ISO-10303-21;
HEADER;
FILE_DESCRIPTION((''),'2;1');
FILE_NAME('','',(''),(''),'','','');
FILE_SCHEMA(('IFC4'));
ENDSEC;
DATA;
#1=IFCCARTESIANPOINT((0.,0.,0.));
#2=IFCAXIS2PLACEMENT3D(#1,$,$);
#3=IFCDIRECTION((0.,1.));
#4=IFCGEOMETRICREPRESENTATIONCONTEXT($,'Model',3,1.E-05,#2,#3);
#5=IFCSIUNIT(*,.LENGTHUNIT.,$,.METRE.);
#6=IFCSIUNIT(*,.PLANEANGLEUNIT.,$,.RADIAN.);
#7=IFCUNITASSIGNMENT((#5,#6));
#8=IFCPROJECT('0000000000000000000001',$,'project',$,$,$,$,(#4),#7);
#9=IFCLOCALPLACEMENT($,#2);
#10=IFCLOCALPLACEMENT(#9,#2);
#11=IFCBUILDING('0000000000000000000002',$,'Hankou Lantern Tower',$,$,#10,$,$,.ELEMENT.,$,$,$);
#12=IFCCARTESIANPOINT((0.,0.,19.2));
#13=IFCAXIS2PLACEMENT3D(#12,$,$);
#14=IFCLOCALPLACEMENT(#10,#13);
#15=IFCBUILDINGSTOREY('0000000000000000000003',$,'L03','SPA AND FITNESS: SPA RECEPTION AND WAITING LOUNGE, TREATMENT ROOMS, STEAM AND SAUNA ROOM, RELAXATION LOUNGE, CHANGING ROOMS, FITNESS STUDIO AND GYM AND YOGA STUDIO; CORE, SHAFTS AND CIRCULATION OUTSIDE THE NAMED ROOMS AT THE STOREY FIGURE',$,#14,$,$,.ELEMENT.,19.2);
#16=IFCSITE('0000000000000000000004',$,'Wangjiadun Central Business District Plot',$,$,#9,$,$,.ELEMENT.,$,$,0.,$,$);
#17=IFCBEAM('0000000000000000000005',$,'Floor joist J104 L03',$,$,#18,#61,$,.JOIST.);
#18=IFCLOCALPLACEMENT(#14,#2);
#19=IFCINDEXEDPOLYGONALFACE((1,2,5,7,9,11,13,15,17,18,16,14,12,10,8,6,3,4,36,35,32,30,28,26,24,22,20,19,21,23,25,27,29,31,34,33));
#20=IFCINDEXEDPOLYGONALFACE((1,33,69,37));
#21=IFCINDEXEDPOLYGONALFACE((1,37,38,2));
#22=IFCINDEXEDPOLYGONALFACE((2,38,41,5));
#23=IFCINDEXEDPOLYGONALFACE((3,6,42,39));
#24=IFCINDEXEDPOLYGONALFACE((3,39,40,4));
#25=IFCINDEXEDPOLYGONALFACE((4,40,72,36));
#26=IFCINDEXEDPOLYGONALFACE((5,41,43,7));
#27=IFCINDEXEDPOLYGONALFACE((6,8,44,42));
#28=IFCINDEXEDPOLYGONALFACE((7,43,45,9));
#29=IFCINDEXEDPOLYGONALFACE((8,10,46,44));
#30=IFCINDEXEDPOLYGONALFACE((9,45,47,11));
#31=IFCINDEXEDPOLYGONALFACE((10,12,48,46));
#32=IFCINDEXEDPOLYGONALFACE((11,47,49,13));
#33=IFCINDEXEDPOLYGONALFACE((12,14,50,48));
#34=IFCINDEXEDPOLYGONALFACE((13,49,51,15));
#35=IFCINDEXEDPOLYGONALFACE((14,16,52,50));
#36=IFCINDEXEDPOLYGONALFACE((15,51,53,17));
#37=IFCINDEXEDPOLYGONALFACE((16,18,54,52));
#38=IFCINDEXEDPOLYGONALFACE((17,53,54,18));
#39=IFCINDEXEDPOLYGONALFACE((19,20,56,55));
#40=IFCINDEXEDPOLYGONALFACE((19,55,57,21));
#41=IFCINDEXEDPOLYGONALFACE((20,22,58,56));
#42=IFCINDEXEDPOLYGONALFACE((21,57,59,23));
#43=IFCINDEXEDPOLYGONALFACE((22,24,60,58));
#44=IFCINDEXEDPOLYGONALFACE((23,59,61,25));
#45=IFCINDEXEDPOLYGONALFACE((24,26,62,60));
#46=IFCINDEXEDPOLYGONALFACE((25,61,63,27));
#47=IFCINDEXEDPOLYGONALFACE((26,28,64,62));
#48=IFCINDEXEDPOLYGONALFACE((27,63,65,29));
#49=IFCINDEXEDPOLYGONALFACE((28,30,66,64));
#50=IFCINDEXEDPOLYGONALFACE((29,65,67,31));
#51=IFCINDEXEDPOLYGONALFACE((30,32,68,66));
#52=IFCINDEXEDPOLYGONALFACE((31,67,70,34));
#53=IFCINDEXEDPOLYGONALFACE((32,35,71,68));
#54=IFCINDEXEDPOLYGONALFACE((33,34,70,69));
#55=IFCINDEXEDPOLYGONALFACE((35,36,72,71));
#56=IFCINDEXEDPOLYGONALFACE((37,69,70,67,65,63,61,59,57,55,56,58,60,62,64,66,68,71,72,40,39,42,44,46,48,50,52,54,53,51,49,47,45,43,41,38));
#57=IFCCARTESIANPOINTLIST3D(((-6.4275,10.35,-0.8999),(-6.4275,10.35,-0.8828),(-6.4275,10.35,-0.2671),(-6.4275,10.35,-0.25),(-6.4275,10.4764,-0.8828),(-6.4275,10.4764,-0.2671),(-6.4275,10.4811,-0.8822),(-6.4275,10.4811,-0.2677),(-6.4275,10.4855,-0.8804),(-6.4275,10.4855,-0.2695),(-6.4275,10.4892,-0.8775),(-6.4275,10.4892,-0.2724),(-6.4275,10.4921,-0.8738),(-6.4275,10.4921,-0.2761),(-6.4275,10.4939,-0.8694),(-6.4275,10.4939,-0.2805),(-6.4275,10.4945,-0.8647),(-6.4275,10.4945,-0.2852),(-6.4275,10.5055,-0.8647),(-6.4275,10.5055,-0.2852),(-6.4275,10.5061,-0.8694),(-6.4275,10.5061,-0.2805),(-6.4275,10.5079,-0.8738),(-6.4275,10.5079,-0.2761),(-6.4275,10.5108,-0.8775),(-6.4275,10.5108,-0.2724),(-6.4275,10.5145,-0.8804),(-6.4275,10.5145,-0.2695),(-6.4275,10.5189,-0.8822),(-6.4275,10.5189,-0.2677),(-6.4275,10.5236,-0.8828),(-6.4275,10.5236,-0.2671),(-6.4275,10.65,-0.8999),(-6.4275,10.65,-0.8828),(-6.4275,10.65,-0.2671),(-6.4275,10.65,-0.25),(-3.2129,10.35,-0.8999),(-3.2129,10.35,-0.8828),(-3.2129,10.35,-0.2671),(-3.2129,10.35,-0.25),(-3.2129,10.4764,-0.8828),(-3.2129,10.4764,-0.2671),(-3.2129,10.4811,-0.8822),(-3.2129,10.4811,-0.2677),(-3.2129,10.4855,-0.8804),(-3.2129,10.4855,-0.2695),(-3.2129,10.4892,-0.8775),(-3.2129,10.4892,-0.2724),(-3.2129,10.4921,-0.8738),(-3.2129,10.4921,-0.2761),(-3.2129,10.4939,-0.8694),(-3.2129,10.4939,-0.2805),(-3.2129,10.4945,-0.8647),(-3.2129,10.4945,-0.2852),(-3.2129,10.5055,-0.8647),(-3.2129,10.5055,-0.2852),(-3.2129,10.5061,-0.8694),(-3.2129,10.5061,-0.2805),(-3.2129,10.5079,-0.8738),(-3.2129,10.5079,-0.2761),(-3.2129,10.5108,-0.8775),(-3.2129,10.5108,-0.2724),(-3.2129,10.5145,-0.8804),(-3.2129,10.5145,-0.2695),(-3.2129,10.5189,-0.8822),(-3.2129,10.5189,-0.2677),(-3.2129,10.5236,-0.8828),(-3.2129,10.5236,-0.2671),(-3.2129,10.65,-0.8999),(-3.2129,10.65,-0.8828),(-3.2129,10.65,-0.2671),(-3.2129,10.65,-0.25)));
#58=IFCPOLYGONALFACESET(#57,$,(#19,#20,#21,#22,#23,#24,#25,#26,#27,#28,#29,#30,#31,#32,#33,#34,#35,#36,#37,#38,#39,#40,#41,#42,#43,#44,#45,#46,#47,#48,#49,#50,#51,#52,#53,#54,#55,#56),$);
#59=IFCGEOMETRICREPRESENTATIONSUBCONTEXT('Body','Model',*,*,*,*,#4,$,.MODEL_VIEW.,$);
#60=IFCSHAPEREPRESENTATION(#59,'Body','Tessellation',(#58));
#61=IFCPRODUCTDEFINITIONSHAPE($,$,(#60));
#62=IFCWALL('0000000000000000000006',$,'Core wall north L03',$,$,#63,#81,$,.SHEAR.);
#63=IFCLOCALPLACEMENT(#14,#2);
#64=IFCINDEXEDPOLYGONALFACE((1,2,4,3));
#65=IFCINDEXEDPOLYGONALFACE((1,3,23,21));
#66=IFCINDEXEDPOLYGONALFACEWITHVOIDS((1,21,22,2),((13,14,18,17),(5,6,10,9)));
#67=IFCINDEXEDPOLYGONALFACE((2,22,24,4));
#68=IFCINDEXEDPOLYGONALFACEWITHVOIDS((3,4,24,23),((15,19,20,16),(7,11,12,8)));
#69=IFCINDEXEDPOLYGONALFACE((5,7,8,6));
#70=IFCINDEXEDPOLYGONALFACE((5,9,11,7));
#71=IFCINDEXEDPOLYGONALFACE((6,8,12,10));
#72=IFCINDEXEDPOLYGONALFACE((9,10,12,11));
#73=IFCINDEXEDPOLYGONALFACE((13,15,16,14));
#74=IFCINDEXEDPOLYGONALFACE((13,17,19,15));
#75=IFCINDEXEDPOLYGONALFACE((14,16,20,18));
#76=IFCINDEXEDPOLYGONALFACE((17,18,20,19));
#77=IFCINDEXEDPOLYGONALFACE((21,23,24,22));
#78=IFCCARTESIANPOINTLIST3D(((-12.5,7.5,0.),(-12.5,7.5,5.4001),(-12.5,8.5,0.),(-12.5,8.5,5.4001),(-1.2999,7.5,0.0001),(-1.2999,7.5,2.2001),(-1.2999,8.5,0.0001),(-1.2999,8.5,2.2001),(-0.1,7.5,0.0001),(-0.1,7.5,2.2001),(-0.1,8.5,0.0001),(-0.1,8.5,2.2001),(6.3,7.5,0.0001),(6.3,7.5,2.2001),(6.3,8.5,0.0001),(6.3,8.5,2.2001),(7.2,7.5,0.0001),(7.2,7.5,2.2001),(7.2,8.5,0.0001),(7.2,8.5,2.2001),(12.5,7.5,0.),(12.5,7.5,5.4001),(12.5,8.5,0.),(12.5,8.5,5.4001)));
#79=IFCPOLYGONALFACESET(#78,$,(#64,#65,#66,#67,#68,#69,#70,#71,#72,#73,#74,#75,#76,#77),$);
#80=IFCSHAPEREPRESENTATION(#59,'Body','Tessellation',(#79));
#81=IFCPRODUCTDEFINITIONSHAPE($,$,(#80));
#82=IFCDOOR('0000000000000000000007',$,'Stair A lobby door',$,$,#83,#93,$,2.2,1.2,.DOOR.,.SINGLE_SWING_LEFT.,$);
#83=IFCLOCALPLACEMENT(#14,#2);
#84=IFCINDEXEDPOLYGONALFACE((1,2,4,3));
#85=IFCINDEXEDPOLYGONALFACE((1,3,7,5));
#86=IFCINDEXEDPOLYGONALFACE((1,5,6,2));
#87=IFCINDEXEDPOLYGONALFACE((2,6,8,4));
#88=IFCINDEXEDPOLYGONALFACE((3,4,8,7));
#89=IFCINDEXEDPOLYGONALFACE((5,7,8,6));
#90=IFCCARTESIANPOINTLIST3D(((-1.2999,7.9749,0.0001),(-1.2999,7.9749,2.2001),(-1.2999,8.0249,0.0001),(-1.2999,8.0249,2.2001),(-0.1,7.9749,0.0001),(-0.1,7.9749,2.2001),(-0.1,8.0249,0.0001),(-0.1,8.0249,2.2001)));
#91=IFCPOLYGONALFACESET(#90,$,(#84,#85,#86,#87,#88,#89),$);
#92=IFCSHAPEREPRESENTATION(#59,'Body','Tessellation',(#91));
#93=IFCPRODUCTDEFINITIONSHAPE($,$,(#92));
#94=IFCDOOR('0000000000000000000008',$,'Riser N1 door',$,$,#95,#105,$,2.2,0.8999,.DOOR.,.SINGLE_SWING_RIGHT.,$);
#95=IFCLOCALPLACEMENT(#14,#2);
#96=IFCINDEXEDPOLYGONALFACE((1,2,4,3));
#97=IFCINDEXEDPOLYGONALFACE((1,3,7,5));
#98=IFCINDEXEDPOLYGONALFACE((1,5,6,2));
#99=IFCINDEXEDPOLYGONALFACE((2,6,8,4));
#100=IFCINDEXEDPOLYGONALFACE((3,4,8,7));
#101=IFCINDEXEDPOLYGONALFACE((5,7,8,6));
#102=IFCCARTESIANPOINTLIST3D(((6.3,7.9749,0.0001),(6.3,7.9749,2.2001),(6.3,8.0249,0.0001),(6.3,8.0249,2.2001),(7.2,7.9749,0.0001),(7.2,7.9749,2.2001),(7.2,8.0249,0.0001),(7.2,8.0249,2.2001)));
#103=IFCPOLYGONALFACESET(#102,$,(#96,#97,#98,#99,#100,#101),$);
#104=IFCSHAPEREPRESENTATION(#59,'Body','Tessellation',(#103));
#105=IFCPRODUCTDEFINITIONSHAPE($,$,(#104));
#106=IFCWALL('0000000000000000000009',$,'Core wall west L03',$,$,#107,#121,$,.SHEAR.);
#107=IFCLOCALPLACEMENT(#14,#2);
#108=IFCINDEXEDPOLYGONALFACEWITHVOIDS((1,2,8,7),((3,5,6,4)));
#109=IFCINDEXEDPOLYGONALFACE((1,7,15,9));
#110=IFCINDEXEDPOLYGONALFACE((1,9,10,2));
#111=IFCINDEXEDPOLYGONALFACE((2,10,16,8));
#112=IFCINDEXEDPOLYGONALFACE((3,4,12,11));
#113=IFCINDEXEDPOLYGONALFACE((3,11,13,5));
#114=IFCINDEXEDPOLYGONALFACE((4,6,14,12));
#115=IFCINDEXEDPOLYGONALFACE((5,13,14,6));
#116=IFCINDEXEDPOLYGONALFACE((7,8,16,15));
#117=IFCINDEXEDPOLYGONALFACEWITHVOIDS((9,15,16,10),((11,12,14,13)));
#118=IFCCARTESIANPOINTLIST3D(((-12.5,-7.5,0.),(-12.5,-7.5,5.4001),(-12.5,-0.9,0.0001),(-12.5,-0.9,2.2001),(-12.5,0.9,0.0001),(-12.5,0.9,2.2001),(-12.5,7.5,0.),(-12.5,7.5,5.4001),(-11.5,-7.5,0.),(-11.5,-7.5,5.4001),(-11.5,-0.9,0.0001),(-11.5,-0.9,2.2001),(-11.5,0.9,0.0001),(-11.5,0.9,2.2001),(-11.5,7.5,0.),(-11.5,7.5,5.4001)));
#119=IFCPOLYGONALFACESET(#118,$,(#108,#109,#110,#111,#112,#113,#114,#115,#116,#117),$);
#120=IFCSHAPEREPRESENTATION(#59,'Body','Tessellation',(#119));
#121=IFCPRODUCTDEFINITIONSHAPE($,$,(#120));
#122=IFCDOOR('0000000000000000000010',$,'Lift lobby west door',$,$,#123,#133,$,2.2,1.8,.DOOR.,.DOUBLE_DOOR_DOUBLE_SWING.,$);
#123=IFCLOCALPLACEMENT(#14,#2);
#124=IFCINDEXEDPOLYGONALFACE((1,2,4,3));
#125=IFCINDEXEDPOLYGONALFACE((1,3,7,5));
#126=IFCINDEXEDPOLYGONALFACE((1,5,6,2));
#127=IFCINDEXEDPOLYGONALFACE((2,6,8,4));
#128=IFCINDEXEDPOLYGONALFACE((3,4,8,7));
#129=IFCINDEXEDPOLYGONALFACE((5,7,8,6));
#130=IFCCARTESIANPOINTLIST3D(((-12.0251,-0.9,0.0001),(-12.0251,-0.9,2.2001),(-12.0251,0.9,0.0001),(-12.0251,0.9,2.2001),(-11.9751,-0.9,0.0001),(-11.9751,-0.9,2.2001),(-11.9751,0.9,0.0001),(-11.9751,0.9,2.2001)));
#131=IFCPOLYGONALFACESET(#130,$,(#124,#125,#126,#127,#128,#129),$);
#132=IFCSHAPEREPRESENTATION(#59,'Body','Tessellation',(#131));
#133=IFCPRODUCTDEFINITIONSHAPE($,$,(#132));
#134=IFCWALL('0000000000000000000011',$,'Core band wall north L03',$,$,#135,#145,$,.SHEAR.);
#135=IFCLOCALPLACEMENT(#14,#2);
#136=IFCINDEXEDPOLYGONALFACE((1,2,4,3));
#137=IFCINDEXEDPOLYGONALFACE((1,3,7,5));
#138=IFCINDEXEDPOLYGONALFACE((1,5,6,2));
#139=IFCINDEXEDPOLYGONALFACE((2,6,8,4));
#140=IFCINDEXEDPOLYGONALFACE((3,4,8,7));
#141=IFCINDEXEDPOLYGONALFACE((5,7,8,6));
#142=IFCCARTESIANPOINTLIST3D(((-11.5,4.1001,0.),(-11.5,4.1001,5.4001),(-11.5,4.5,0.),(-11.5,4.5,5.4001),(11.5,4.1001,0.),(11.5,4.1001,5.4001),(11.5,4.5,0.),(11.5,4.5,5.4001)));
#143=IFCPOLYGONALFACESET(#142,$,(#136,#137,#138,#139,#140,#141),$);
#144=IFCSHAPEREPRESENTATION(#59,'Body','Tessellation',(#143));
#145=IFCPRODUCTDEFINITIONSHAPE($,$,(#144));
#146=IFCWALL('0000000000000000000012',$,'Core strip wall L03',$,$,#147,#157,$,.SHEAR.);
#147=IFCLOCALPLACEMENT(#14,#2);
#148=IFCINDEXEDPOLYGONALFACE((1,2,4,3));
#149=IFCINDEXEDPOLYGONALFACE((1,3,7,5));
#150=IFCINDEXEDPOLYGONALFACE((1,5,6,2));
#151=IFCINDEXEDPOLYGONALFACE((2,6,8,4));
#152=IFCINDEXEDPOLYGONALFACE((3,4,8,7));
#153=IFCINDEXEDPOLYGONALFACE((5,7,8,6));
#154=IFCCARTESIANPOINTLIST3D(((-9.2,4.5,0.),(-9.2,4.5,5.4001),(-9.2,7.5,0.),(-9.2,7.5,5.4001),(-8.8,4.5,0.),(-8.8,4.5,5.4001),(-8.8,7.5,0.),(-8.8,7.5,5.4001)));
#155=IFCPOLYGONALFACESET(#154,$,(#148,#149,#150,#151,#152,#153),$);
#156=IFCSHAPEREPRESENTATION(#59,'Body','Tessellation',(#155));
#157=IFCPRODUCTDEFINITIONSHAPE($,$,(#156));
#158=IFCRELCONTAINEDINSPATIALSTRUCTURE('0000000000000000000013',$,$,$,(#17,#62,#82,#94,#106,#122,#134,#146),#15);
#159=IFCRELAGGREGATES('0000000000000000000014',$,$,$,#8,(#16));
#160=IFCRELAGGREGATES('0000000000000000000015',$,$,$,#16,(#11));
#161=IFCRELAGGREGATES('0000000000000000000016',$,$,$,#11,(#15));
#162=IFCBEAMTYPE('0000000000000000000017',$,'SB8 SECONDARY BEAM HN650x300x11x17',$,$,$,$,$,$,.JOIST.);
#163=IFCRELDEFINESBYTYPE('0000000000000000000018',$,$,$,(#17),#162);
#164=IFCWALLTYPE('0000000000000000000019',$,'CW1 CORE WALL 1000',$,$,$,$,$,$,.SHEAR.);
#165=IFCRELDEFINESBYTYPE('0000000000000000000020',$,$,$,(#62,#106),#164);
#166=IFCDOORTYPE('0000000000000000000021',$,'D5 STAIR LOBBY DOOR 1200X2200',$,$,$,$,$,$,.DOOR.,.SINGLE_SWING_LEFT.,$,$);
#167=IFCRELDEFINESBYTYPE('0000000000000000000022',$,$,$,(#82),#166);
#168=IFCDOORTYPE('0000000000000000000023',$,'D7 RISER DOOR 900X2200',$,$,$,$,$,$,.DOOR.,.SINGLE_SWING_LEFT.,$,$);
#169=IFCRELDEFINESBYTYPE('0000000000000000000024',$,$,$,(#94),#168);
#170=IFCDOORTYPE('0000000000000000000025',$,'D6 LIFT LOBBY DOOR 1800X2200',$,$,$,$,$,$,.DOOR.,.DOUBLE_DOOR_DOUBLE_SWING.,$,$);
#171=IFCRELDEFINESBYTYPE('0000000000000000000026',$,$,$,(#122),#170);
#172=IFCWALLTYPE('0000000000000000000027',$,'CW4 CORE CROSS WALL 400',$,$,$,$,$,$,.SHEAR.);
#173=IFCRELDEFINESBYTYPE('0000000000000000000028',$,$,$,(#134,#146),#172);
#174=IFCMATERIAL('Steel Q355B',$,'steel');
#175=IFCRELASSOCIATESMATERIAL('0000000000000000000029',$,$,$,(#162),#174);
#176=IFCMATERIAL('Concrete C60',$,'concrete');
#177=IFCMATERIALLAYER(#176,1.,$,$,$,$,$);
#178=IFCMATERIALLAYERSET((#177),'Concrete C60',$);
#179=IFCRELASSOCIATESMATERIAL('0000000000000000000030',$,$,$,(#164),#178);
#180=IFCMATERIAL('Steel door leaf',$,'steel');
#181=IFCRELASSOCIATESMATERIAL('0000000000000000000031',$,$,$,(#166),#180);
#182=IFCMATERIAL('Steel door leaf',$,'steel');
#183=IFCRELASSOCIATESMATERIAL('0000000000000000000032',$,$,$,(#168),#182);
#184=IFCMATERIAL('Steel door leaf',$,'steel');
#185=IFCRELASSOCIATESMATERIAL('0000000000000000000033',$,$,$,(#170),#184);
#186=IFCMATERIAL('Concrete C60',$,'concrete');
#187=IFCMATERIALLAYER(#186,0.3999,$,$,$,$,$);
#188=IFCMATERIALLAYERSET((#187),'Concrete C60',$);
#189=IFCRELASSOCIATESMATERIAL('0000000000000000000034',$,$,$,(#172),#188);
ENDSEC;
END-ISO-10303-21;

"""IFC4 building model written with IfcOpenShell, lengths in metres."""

from ifc_helpers import new_model, si_unit, direction, frame, frame_2d, origin, origin_2d, place, context, subcontext, project, spatial, rectangle, i_section, extrude, material, layer, layer_set, material_profile, profile_set, type_object, element, fill, save


model = new_model("IFC4")

# Units and contexts
model_context = context("Model", 3, precision=1e-05, world=origin(), true_north=direction((0.0, 1.0)))
body_context = subcontext(model_context, "Body", "Model", "MODEL_VIEW")
ifc_project = project(units=[si_unit("LENGTHUNIT", "METRE"), si_unit("PLANEANGLEUNIT", "RADIAN")], contexts=[model_context])

# Site, building, storey
site_placement = place(None, origin())
site = spatial("IfcSite", under=ifc_project, at=site_placement, Name="Wangjiadun Central Business District Plot", CompositionType="ELEMENT", RefElevation=0.0)
building_placement = place(site_placement, origin())
building = spatial("IfcBuilding", under=site, at=building_placement, Name="Hankou Lantern Tower", CompositionType="ELEMENT")
storey_placement = place(building_placement, frame((0.0, 0.0, 19.2)))
storey = spatial("IfcBuildingStorey", under=building, at=storey_placement, Name="L03", Description="SPA AND FITNESS: SPA RECEPTION AND WAITING LOUNGE, TREATMENT ROOMS, STEAM AND SAUNA ROOM, RELAXATION LOUNGE, CHANGING ROOMS, FITNESS STUDIO AND GYM AND YOGA STUDIO; CORE, SHAFTS AND CIRCULATION OUTSIDE THE NAMED ROOMS AT THE STOREY FIGURE", CompositionType="ELEMENT", Elevation=19.2)

# Beam
ifc_material_1 = material(Name="Steel Q355B", Category="steel")
ifc_material_profile_1 = material_profile(ifc_material_1, i_section(OverallWidth=0.3, OverallDepth=0.6499, WebThickness=0.011, FlangeThickness=0.0171, FilletRadius=0.0181, at=origin_2d()), Name="HN650x300x11x17")
ifc_profile_set_1 = profile_set([ifc_material_profile_1], Name="Steel Q355B")
beam_type_1 = type_object("IfcBeamType", Name="SB8 SECONDARY BEAM HN650x300x11x17", PredefinedType="JOIST", material=ifc_profile_set_1)
beam_1_placement = place(storey_placement, frame((-6.4275, 10.5, -0.575), z_axis=(1.0, 0.0, 0.0), x_axis=(0.0, 1.0, 0.0)))
element("IfcBeam", 1, at=beam_1_placement, inside=storey, type_object=beam_type_1, Name="Floor joist J104 L03", PredefinedType="JOIST", context=body_context, shape_type="SweptSolid", body=[
    extrude(i_section(OverallWidth=0.3, OverallDepth=0.6499, WebThickness=0.011, FlangeThickness=0.0171, FilletRadius=0.0181, at=origin_2d()), origin(), (0.0, 0.0, 1.0), 3.2146),
])

# Wall, openings, doors
ifc_material_2 = material(Name="Concrete C60", Category="concrete")
ifc_layer_1 = layer(ifc_material_2, 1.0)
ifc_layer_set_1 = layer_set([ifc_layer_1], Name="Concrete C60")
wall_type_1 = type_object("IfcWallType", Name="CW1 CORE WALL 1000", PredefinedType="SHEAR", material=ifc_layer_set_1)
wall_1_placement = place(storey_placement, frame((-12.5, 8.0, 0.0), z_axis=(0.0, 0.0, 1.0), x_axis=(1.0, 0.0, 0.0)))
wall_1 = element("IfcWall", 2, at=wall_1_placement, inside=storey, type_object=wall_type_1, Name="Core wall north L03", PredefinedType="SHEAR", context=body_context, shape_type="SweptSolid", body=[
    extrude(rectangle(XDim=25.0, YDim=1.0, at=frame_2d((12.5, 0.0))), origin(), (0.0, 0.0, 1.0), 5.4001),
])
opening_1_placement = place(wall_1_placement, frame((11.2, 0.0, 0.0)))
opening_1 = element("IfcOpeningElement", 3, at=opening_1_placement, cuts=wall_1, PredefinedType="OPENING", context=body_context, shape_type="SweptSolid", body=[
    extrude(rectangle(XDim=1.2, YDim=2.2, at=frame_2d((0.6001, 1.1001))), frame((0.0, 0.51, 0.0), z_axis=(0.0, -1.0, 0.0), x_axis=(1.0, 0.0, 0.0)), (0.0, 0.0, 1.0), 1.02),
])
opening_2_placement = place(wall_1_placement, frame((18.8, 0.0, 0.0)))
opening_2 = element("IfcOpeningElement", 4, at=opening_2_placement, cuts=wall_1, PredefinedType="OPENING", context=body_context, shape_type="SweptSolid", body=[
    extrude(rectangle(XDim=0.8999, YDim=2.2, at=frame_2d((0.45, 1.1001))), frame((0.0, 0.51, 0.0), z_axis=(0.0, -1.0, 0.0), x_axis=(1.0, 0.0, 0.0)), (0.0, 0.0, 1.0), 1.02),
])
ifc_material_3 = material(Name="Steel door leaf", Category="steel")
door_type_1 = type_object("IfcDoorType", Name="D5 STAIR LOBBY DOOR 1200X2200", OperationType="SINGLE_SWING_LEFT", PredefinedType="DOOR", material=ifc_material_3)
door_1_placement = place(opening_1_placement, origin())
door_1 = element("IfcDoor", 5, at=door_1_placement, inside=storey, type_object=door_type_1, Name="Stair A lobby door", OperationType="SINGLE_SWING_LEFT", OverallHeight=2.2, OverallWidth=1.2, PredefinedType="DOOR", context=body_context, shape_type="SweptSolid", body=[
    extrude(rectangle(XDim=1.2, YDim=2.2, at=frame_2d((0.6001, 1.1001))), frame((0.0, 0.0249, 0.0), z_axis=(0.0, -1.0, 0.0), x_axis=(1.0, 0.0, 0.0)), (0.0, 0.0, 1.0), 0.05),
])
fill(opening_1, door_1)
ifc_material_4 = material(Name="Steel door leaf", Category="steel")
door_type_2 = type_object("IfcDoorType", Name="D7 RISER DOOR 900X2200", OperationType="SINGLE_SWING_LEFT", PredefinedType="DOOR", material=ifc_material_4)
door_2_placement = place(opening_2_placement, origin())
door_2 = element("IfcDoor", 6, at=door_2_placement, inside=storey, type_object=door_type_2, Name="Riser N1 door", OperationType="SINGLE_SWING_RIGHT", OverallHeight=2.2, OverallWidth=0.8999, PredefinedType="DOOR", context=body_context, shape_type="SweptSolid", body=[
    extrude(rectangle(XDim=0.8999, YDim=2.2, at=frame_2d((0.45, 1.1001))), frame((0.0, 0.0249, 0.0), z_axis=(0.0, -1.0, 0.0), x_axis=(1.0, 0.0, 0.0)), (0.0, 0.0, 1.0), 0.05),
])
fill(opening_2, door_2)

# Wall, opening, door
wall_2_placement = place(storey_placement, frame((-12.0, 7.5, 0.0), z_axis=(0.0, 0.0, 1.0), x_axis=(0.0, -1.0, 0.0)))
wall_2 = element("IfcWall", 7, at=wall_2_placement, inside=storey, type_object=wall_type_1, Name="Core wall west L03", PredefinedType="SHEAR", context=body_context, shape_type="SweptSolid", body=[
    extrude(rectangle(XDim=15.0, YDim=1.0, at=frame_2d((7.5, 0.0))), origin(), (0.0, 0.0, 1.0), 5.4001),
])
opening_3_placement = place(wall_2_placement, frame((6.6001, 0.0, 0.0)))
opening_3 = element("IfcOpeningElement", 8, at=opening_3_placement, cuts=wall_2, PredefinedType="OPENING", context=body_context, shape_type="SweptSolid", body=[
    extrude(rectangle(XDim=1.8, YDim=2.2, at=frame_2d((0.8999, 1.1001))), frame((0.0, 0.51, 0.0), z_axis=(0.0, -1.0, 0.0), x_axis=(1.0, 0.0, 0.0)), (0.0, 0.0, 1.0), 1.02),
])
ifc_material_5 = material(Name="Steel door leaf", Category="steel")
door_type_3 = type_object("IfcDoorType", Name="D6 LIFT LOBBY DOOR 1800X2200", OperationType="DOUBLE_DOOR_DOUBLE_SWING", PredefinedType="DOOR", material=ifc_material_5)
door_3_placement = place(opening_3_placement, origin())
door_3 = element("IfcDoor", 9, at=door_3_placement, inside=storey, type_object=door_type_3, Name="Lift lobby west door", OperationType="DOUBLE_DOOR_DOUBLE_SWING", OverallHeight=2.2, OverallWidth=1.8, PredefinedType="DOOR", context=body_context, shape_type="SweptSolid", body=[
    extrude(rectangle(XDim=1.8, YDim=2.2, at=frame_2d((0.8999, 1.1001))), frame((0.0, 0.0249, 0.0), z_axis=(0.0, -1.0, 0.0), x_axis=(1.0, 0.0, 0.0)), (0.0, 0.0, 1.0), 0.05),
])
fill(opening_3, door_3)

# Walls
ifc_material_6 = material(Name="Concrete C60", Category="concrete")
ifc_layer_2 = layer(ifc_material_6, 0.3999)
ifc_layer_set_2 = layer_set([ifc_layer_2], Name="Concrete C60")
wall_type_2 = type_object("IfcWallType", Name="CW4 CORE CROSS WALL 400", PredefinedType="SHEAR", material=ifc_layer_set_2)
wall_3_placement = place(storey_placement, frame((-11.5, 4.3, 0.0), z_axis=(0.0, 0.0, 1.0), x_axis=(1.0, 0.0, 0.0)))
element("IfcWall", 10, at=wall_3_placement, inside=storey, type_object=wall_type_2, Name="Core band wall north L03", PredefinedType="SHEAR", context=body_context, shape_type="SweptSolid", body=[
    extrude(rectangle(XDim=23.0, YDim=0.3999, at=frame_2d((11.5, 0.0))), origin(), (0.0, 0.0, 1.0), 5.4001),
])
wall_4_placement = place(storey_placement, frame((-9.0, 4.5, 0.0), z_axis=(0.0, 0.0, 1.0), x_axis=(0.0, 1.0, 0.0)))
element("IfcWall", 11, at=wall_4_placement, inside=storey, type_object=wall_type_2, Name="Core strip wall L03", PredefinedType="SHEAR", context=body_context, shape_type="SweptSolid", body=[
    extrude(rectangle(XDim=3.0, YDim=0.3999, at=frame_2d((1.5, 0.0))), origin(), (0.0, 0.0, 1.0), 5.4001),
])

save(model, "model.ifc")
